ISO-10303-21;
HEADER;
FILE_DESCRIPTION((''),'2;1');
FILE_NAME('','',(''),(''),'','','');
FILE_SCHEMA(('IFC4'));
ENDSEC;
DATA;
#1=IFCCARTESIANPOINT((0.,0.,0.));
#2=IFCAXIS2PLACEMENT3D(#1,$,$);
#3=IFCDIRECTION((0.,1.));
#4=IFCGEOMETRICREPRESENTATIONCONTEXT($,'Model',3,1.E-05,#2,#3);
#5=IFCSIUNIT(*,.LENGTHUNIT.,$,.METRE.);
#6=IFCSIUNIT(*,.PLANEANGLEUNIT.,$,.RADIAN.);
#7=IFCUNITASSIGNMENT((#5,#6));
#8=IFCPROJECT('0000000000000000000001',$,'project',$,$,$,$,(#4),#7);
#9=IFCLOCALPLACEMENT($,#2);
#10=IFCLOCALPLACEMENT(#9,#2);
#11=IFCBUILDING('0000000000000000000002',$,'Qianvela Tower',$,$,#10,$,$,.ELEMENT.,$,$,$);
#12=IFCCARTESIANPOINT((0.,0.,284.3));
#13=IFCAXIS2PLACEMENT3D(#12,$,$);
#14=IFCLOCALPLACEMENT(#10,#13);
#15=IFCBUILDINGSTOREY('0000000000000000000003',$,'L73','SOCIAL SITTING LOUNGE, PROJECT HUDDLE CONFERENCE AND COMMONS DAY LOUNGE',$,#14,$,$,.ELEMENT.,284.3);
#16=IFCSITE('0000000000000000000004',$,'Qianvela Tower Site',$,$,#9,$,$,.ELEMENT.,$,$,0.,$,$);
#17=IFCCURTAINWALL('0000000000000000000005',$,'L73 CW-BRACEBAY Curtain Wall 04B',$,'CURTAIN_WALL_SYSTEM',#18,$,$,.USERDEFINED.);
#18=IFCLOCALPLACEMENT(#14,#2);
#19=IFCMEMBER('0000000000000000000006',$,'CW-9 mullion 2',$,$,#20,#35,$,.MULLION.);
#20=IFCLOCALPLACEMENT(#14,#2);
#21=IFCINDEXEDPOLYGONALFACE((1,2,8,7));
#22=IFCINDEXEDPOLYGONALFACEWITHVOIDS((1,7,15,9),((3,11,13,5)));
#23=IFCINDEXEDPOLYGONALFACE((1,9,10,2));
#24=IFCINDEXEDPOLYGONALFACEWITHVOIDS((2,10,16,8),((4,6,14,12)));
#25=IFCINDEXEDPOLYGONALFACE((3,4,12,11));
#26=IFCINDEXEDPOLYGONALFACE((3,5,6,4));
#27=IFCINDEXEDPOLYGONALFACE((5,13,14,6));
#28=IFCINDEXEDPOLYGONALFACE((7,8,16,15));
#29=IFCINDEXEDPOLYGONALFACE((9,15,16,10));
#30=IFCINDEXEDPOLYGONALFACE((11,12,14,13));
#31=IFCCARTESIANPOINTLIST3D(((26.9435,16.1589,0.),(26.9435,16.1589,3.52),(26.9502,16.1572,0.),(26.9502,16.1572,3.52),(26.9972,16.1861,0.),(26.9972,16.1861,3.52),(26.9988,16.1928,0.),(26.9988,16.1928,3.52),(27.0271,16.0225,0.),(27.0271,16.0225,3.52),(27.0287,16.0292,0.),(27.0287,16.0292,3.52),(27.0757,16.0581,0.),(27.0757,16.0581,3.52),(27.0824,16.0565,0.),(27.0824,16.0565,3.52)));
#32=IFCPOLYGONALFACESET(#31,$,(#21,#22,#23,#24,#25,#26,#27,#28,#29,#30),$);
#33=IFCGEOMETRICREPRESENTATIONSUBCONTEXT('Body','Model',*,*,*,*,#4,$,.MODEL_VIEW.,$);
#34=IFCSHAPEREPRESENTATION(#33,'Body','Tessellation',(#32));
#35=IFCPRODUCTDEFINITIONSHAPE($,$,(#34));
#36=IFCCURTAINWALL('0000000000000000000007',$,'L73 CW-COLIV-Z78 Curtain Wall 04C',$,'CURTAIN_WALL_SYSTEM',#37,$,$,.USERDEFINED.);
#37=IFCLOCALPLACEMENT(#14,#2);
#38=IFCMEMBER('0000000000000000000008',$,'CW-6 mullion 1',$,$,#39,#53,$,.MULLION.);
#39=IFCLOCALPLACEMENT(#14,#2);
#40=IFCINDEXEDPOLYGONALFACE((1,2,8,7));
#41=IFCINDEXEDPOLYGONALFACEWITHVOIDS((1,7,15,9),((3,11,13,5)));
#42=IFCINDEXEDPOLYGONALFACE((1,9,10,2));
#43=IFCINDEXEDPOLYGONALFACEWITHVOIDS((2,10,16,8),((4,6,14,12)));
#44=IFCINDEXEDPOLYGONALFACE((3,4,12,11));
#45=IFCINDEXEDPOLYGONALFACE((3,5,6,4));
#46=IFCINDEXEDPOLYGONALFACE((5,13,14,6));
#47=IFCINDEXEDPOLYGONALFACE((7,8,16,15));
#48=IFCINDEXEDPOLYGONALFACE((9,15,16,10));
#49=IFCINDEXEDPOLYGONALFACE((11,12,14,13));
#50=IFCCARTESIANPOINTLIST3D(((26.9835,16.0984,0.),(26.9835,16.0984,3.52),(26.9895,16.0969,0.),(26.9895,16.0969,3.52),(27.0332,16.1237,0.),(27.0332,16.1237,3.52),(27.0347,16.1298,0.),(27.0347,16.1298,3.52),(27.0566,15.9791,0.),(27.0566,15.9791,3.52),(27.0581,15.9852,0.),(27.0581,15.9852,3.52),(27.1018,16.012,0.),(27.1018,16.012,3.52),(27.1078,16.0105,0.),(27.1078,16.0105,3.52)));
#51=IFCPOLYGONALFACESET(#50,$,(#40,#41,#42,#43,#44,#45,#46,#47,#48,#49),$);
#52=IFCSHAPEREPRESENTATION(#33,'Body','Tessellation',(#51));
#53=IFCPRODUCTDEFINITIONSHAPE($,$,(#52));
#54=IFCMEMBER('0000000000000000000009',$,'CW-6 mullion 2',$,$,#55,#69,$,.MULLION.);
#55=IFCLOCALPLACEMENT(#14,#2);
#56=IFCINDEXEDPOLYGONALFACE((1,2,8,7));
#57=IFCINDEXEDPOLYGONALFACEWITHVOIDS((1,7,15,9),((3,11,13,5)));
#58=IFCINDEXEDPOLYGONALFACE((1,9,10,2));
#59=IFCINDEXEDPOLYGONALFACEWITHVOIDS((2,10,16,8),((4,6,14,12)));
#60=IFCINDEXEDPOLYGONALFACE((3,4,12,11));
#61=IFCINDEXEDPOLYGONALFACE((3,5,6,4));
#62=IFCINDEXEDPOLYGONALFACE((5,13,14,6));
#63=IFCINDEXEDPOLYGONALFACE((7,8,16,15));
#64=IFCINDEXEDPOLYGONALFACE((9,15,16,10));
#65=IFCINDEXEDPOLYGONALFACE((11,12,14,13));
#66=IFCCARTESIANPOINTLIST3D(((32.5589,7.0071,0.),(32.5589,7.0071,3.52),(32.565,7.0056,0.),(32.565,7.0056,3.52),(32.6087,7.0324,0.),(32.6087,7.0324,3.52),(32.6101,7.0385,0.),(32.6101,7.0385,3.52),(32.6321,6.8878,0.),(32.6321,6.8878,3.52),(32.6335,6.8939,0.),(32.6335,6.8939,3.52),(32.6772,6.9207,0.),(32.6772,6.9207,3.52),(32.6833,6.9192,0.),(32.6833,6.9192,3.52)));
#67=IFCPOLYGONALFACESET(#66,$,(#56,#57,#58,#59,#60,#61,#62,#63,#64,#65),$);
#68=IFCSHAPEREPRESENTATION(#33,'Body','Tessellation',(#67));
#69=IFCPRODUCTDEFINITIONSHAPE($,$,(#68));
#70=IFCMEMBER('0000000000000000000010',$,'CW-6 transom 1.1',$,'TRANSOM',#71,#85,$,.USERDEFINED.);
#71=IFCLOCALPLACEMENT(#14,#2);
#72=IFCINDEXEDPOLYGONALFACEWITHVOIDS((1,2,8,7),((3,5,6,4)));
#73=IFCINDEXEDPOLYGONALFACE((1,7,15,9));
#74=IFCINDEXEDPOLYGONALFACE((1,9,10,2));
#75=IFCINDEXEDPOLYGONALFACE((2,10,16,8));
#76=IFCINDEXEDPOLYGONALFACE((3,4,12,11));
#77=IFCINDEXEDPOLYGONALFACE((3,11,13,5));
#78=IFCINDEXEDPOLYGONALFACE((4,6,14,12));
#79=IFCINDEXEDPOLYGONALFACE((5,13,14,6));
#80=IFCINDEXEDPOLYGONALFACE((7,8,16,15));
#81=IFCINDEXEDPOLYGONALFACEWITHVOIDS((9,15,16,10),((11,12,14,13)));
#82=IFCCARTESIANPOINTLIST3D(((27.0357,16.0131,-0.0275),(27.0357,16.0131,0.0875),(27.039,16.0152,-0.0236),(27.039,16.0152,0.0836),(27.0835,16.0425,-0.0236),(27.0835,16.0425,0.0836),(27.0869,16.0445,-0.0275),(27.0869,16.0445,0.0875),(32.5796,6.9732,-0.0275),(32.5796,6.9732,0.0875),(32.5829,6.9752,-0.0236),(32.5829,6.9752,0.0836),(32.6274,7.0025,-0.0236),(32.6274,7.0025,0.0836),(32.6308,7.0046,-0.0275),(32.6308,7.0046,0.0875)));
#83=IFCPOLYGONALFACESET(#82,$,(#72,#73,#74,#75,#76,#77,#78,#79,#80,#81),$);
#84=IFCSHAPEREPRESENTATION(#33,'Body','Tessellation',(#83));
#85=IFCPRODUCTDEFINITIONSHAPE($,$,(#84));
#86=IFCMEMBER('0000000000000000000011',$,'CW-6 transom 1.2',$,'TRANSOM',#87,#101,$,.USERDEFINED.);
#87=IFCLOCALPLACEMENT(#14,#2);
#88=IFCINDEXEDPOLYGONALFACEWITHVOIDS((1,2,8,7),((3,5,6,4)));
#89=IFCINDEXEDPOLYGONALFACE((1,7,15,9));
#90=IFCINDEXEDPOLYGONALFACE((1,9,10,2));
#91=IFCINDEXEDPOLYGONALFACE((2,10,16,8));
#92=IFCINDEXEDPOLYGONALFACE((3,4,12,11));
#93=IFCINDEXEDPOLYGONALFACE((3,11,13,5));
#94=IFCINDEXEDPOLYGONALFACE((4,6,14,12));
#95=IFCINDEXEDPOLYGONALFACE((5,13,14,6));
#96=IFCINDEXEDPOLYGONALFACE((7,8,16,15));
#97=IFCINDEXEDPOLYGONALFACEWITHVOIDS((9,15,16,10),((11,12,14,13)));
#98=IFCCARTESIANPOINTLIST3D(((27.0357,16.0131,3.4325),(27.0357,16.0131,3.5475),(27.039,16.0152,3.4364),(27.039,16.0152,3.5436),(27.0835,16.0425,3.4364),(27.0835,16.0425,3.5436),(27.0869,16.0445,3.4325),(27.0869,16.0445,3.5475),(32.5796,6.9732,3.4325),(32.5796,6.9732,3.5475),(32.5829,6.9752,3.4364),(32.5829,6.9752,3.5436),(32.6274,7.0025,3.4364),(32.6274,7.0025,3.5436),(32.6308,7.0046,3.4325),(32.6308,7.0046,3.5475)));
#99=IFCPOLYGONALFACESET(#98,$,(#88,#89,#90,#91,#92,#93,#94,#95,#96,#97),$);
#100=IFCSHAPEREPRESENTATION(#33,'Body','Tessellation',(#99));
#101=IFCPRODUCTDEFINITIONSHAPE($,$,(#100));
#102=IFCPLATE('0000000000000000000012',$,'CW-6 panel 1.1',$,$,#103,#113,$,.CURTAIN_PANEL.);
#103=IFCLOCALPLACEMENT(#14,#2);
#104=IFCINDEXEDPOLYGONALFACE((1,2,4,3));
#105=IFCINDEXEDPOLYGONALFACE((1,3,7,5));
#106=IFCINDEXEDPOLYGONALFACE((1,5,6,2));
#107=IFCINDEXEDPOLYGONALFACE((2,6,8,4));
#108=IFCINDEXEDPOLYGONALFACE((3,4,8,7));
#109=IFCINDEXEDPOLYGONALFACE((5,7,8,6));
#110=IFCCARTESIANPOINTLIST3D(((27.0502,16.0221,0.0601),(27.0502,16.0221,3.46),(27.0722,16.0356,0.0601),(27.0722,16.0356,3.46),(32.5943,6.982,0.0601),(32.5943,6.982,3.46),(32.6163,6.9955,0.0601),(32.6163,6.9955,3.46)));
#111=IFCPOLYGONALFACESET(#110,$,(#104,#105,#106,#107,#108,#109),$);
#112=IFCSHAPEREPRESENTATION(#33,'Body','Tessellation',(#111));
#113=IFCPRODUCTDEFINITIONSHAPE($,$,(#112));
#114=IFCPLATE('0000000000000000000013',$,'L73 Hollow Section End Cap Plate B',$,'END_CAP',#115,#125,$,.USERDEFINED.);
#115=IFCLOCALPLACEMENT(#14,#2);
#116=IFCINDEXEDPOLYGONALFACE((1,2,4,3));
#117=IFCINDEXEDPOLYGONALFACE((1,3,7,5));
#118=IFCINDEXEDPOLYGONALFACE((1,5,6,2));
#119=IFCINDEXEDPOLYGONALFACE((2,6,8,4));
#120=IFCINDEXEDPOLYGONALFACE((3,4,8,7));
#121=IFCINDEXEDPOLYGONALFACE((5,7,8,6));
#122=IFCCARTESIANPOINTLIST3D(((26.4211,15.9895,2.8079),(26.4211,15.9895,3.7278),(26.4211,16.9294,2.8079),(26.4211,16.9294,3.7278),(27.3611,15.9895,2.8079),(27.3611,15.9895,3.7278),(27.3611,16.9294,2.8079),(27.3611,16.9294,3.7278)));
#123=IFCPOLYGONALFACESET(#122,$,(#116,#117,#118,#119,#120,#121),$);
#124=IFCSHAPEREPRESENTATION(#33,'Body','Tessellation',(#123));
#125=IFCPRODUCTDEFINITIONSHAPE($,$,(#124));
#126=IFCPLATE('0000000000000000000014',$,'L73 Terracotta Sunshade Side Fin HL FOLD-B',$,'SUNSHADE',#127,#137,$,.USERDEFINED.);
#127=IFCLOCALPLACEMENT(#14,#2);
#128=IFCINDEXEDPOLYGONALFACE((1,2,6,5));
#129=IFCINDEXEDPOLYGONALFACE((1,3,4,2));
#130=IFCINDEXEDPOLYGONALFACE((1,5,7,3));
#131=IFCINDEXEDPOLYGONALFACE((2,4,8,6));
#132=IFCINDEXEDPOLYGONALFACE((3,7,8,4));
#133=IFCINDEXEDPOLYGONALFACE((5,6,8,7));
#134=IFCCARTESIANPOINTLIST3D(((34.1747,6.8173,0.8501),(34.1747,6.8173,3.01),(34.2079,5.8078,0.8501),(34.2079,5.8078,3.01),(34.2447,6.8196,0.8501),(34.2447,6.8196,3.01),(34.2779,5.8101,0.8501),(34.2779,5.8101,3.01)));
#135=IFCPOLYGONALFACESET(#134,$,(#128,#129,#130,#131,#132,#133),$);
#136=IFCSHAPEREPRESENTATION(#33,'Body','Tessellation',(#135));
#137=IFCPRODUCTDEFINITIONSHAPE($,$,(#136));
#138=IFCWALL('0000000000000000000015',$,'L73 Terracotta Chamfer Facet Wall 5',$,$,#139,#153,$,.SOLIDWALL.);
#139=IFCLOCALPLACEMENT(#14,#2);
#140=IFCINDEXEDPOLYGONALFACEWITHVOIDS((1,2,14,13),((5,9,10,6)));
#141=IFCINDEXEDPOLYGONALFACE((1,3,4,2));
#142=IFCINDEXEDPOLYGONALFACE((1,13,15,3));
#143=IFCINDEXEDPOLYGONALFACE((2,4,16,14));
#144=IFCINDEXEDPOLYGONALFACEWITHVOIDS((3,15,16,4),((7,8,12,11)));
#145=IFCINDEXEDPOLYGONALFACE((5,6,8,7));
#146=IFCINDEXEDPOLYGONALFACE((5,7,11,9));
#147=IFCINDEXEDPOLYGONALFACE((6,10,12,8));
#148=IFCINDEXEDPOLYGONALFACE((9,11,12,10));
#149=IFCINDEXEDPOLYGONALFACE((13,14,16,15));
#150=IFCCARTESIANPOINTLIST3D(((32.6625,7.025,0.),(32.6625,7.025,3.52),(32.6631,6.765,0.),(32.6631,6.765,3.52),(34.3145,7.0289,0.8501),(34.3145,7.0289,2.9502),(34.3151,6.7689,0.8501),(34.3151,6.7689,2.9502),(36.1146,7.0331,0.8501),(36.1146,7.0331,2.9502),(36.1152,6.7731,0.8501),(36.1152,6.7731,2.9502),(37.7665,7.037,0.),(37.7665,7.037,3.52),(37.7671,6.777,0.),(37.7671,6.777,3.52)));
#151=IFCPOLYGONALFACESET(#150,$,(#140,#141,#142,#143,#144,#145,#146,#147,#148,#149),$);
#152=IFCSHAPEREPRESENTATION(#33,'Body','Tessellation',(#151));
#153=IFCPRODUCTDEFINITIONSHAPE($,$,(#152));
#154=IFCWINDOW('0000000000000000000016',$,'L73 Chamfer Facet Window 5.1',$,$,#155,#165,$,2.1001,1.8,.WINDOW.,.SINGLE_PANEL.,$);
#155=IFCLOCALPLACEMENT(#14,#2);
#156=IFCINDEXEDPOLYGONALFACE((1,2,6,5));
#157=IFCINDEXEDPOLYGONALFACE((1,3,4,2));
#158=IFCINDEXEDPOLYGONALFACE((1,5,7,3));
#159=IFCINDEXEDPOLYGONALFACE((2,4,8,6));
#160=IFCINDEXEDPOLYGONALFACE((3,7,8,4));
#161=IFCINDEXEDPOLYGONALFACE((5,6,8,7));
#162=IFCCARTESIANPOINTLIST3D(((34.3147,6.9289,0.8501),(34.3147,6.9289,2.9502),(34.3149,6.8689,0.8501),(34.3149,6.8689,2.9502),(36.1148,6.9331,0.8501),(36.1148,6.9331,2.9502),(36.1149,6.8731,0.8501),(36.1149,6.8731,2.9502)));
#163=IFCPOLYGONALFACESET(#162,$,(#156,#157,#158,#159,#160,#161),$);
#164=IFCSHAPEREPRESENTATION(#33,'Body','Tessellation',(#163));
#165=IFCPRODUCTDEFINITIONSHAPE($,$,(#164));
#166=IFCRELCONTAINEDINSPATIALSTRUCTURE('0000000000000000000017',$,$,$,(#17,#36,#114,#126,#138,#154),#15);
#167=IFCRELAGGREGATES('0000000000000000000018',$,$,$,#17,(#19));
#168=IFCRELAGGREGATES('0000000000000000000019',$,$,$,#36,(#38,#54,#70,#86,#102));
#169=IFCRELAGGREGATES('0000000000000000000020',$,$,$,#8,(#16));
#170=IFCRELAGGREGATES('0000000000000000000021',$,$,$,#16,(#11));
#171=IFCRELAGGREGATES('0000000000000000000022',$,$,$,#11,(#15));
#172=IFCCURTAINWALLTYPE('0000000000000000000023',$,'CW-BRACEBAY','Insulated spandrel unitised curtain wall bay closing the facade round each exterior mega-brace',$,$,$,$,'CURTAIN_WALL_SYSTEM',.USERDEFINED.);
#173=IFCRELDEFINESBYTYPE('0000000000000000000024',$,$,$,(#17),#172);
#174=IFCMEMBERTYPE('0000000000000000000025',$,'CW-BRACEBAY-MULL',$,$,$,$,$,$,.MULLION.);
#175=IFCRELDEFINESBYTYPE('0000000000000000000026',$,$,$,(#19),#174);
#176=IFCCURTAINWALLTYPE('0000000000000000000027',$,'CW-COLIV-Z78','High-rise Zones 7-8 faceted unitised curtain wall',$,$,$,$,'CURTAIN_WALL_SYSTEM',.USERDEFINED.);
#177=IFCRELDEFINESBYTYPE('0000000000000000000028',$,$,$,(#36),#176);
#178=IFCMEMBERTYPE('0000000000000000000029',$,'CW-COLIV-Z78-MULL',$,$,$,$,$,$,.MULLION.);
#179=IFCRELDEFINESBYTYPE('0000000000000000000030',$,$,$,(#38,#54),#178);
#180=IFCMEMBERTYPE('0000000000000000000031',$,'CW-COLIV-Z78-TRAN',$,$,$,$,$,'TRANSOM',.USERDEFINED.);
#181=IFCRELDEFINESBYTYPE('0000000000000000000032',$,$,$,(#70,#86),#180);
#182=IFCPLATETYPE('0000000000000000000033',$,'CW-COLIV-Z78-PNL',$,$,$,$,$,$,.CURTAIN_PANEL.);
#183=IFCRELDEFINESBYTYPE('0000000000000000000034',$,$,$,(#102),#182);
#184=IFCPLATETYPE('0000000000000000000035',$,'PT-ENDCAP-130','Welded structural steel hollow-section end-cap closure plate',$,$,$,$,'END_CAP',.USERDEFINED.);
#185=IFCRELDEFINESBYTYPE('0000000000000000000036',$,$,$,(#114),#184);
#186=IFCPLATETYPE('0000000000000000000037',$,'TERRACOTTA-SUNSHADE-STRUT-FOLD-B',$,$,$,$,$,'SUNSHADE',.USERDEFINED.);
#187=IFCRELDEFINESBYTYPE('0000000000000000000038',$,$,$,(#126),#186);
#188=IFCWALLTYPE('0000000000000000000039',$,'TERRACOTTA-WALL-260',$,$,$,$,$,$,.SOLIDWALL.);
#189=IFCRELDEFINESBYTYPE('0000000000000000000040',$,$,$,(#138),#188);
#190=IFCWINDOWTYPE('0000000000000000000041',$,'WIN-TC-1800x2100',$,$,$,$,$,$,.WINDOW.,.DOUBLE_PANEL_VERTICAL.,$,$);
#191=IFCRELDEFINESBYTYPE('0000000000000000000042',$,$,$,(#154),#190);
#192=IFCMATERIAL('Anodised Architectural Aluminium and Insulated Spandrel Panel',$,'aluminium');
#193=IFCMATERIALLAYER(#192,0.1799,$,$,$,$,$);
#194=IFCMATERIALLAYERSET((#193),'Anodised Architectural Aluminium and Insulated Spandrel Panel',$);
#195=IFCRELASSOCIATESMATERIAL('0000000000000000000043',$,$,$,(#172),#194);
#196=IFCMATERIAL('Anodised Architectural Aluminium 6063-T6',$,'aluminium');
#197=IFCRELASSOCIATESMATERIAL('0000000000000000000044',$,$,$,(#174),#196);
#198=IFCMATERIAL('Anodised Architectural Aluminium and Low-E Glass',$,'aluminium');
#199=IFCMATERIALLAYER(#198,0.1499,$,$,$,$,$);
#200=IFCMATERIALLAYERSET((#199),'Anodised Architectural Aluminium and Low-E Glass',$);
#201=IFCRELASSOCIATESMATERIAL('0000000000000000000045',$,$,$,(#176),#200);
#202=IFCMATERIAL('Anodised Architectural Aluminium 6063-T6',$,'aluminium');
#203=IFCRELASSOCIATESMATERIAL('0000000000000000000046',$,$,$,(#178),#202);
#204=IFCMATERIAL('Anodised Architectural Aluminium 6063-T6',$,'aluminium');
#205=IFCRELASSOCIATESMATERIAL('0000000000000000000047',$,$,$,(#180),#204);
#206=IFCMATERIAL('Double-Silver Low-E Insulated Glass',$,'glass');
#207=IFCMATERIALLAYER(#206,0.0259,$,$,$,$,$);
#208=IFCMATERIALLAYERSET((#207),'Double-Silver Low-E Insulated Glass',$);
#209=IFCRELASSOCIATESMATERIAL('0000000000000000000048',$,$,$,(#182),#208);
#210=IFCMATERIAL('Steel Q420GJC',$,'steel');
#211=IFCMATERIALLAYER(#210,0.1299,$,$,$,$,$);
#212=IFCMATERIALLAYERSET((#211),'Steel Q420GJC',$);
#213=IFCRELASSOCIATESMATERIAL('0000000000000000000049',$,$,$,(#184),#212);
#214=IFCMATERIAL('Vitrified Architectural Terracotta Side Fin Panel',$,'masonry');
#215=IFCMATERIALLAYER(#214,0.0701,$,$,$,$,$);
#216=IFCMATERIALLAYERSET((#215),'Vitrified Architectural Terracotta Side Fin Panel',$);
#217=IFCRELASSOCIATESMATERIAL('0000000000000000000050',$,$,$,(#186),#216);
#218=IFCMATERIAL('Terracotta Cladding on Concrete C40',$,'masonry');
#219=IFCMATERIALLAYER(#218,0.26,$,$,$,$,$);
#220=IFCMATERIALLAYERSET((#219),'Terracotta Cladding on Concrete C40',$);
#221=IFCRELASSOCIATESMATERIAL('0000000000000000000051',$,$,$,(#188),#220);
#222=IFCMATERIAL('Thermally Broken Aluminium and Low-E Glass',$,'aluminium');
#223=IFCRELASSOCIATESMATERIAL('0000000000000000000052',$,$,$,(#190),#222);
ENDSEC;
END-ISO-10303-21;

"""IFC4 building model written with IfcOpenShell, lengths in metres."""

from ifc_helpers import new_model, si_unit, direction, frame, frame_2d, origin, origin_2d, place, context, subcontext, project, spatial, rectangle, hollow_rectangle, extrude, material, layer, layer_set, material_profile, profile_set, type_object, element, fill, aggregate, save


model = new_model("IFC4")

# Units and contexts
model_context = context("Model", 3, precision=1e-05, world=origin(), true_north=direction((0.0, 1.0)))
body_context = subcontext(model_context, "Body", "Model", "MODEL_VIEW")
ifc_project = project(units=[si_unit("LENGTHUNIT", "METRE"), si_unit("PLANEANGLEUNIT", "RADIAN")], contexts=[model_context])

# Site, building, storey
site_placement = place(None, origin())
site = spatial("IfcSite", under=ifc_project, at=site_placement, Name="Qianvela Tower Site", CompositionType="ELEMENT", RefElevation=0.0)
building_placement = place(site_placement, origin())
building = spatial("IfcBuilding", under=site, at=building_placement, Name="Qianvela Tower", CompositionType="ELEMENT")
storey_placement = place(building_placement, frame((0.0, 0.0, 284.3)))
storey = spatial("IfcBuildingStorey", under=building, at=storey_placement, Name="L73", Description="SOCIAL SITTING LOUNGE, PROJECT HUDDLE CONFERENCE AND COMMONS DAY LOUNGE", CompositionType="ELEMENT", Elevation=284.3)

# Curtain wall, member
ifc_material_1 = material(Name="Anodised Architectural Aluminium and Insulated Spandrel Panel", Category="aluminium")
ifc_layer_1 = layer(ifc_material_1, 0.1799)
ifc_layer_set_1 = layer_set([ifc_layer_1], Name="Anodised Architectural Aluminium and Insulated Spandrel Panel")
curtain_wall_type_1 = type_object("IfcCurtainWallType", Name="CW-BRACEBAY", Description="Insulated spandrel unitised curtain wall bay closing the facade round each exterior mega-brace", ElementType="CURTAIN_WALL_SYSTEM", PredefinedType="USERDEFINED", material=ifc_layer_set_1)
curtain_wall_1_placement = place(storey_placement, origin())
curtain_wall_1 = element("IfcCurtainWall", 1, at=curtain_wall_1_placement, inside=storey, type_object=curtain_wall_type_1, Name="L73 CW-BRACEBAY Curtain Wall 04B", ObjectType="CURTAIN_WALL_SYSTEM", PredefinedType="USERDEFINED")
ifc_material_2 = material(Name="Anodised Architectural Aluminium 6063-T6", Category="aluminium")
ifc_material_profile_1 = material_profile(ifc_material_2, hollow_rectangle(XDim=0.0649, YDim=0.1599, WallThickness=0.0049, at=origin_2d()), Name="ALU-MULL-65x160")
ifc_profile_set_1 = profile_set([ifc_material_profile_1], Name="Anodised Architectural Aluminium 6063-T6")
member_type_1 = type_object("IfcMemberType", Name="CW-BRACEBAY-MULL", PredefinedType="MULLION", material=ifc_profile_set_1)
member_1_placement = place(storey_placement, frame((27.0129, 16.1077, 0.0), z_axis=(0.0, 0.0, 1.0), x_axis=(0.852461, 0.52279, 0.0)))
member_1 = element("IfcMember", 2, at=member_1_placement, type_object=member_type_1, Name="CW-9 mullion 2", PredefinedType="MULLION", context=body_context, shape_type="SweptSolid", body=[
    extrude(hollow_rectangle(XDim=0.0649, YDim=0.1599, WallThickness=0.0049, at=origin_2d()), origin(), (0.0, 0.0, 1.0), 3.52),
])
aggregate(curtain_wall_1, [member_1])

# Curtain wall, members, plate
ifc_material_3 = material(Name="Anodised Architectural Aluminium and Low-E Glass", Category="aluminium")
ifc_layer_2 = layer(ifc_material_3, 0.1499)
ifc_layer_set_2 = layer_set([ifc_layer_2], Name="Anodised Architectural Aluminium and Low-E Glass")
curtain_wall_type_2 = type_object("IfcCurtainWallType", Name="CW-COLIV-Z78", Description="High-rise Zones 7-8 faceted unitised curtain wall", ElementType="CURTAIN_WALL_SYSTEM", PredefinedType="USERDEFINED", material=ifc_layer_set_2)
curtain_wall_2_placement = place(storey_placement, origin())
curtain_wall_2 = element("IfcCurtainWall", 3, at=curtain_wall_2_placement, inside=storey, type_object=curtain_wall_type_2, Name="L73 CW-COLIV-Z78 Curtain Wall 04C", ObjectType="CURTAIN_WALL_SYSTEM", PredefinedType="USERDEFINED")
ifc_material_4 = material(Name="Anodised Architectural Aluminium 6063-T6", Category="aluminium")
ifc_material_profile_2 = material_profile(ifc_material_4, hollow_rectangle(XDim=0.0601, YDim=0.1399, WallThickness=0.0044, at=origin_2d()), Name="ALU-MULL-60x140")
ifc_profile_set_2 = profile_set([ifc_material_profile_2], Name="Anodised Architectural Aluminium 6063-T6")
member_type_2 = type_object("IfcMemberType", Name="CW-COLIV-Z78-MULL", PredefinedType="MULLION", material=ifc_profile_set_2)
member_2_placement = place(storey_placement, frame((27.0457, 16.0544, 0.0), z_axis=(0.0, 0.0, 1.0), x_axis=(0.852458, 0.522796, 0.0)))
member_2 = element("IfcMember", 4, at=member_2_placement, type_object=member_type_2, Name="CW-6 mullion 1", PredefinedType="MULLION", context=body_context, shape_type="SweptSolid", body=[
    extrude(hollow_rectangle(XDim=0.0601, YDim=0.1399, WallThickness=0.0044, at=origin_2d()), origin(), (0.0, 0.0, 1.0), 3.52),
])
member_3_placement = place(storey_placement, frame((32.6211, 6.9631, 0.0), z_axis=(0.0, 0.0, 1.0), x_axis=(0.852458, 0.522796, 0.0)))
member_3 = element("IfcMember", 5, at=member_3_placement, type_object=member_type_2, Name="CW-6 mullion 2", PredefinedType="MULLION", context=body_context, shape_type="SweptSolid", body=[
    extrude(hollow_rectangle(XDim=0.0601, YDim=0.1399, WallThickness=0.0044, at=origin_2d()), origin(), (0.0, 0.0, 1.0), 3.52),
])
ifc_material_5 = material(Name="Anodised Architectural Aluminium 6063-T6", Category="aluminium")
ifc_material_profile_3 = material_profile(ifc_material_5, hollow_rectangle(XDim=0.0601, YDim=0.115, WallThickness=0.0039, at=origin_2d()), Name="ALU-TRAN-60x115")
ifc_profile_set_3 = profile_set([ifc_material_profile_3], Name="Anodised Architectural Aluminium 6063-T6")
member_type_3 = type_object("IfcMemberType", Name="CW-COLIV-Z78-TRAN", ElementType="TRANSOM", PredefinedType="USERDEFINED", material=ifc_profile_set_3)
member_4_placement = place(storey_placement, frame((27.0613, 16.0288, 0.03), z_axis=(0.522787, -0.852464, 0.0), x_axis=(0.852464, 0.522787, 0.0)))
member_4 = element("IfcMember", 6, at=member_4_placement, type_object=member_type_3, Name="CW-6 transom 1.1", ObjectType="TRANSOM", PredefinedType="USERDEFINED", context=body_context, shape_type="SweptSolid", body=[
    extrude(hollow_rectangle(XDim=0.0601, YDim=0.115, WallThickness=0.0039, at=origin_2d()), origin(), (0.0, 0.0, 1.0), 10.6045),
])
member_5_placement = place(storey_placement, frame((27.0613, 16.0288, 3.49), z_axis=(0.522787, -0.852464, 0.0), x_axis=(0.852464, 0.522787, 0.0)))
member_5 = element("IfcMember", 7, at=member_5_placement, type_object=member_type_3, Name="CW-6 transom 1.2", ObjectType="TRANSOM", PredefinedType="USERDEFINED", context=body_context, shape_type="SweptSolid", body=[
    extrude(hollow_rectangle(XDim=0.0601, YDim=0.115, WallThickness=0.0039, at=origin_2d()), origin(), (0.0, 0.0, 1.0), 10.6045),
])
ifc_material_6 = material(Name="Double-Silver Low-E Insulated Glass", Category="glass")
ifc_layer_3 = layer(ifc_material_6, 0.0259)
ifc_layer_set_3 = layer_set([ifc_layer_3], Name="Double-Silver Low-E Insulated Glass")
plate_type_1 = type_object("IfcPlateType", Name="CW-COLIV-Z78-PNL", PredefinedType="CURTAIN_PANEL", material=ifc_layer_set_3)
plate_1_placement = place(storey_placement, frame((29.8333, 11.5088, 0.0601), z_axis=(0.0, 0.0, 1.0), x_axis=(0.522796, -0.852458, 0.0)))
plate_1 = element("IfcPlate", 8, at=plate_1_placement, type_object=plate_type_1, Name="CW-6 panel 1.1", PredefinedType="CURTAIN_PANEL", context=body_context, shape_type="SweptSolid", body=[
    extrude(rectangle(XDim=10.6047, YDim=0.0259, at=origin_2d()), origin(), (0.0, 0.0, 1.0), 3.3999),
])
aggregate(curtain_wall_2, [member_2, member_3, member_4, member_5, plate_1])

# Plates
ifc_material_7 = material(Name="Steel Q420GJC", Category="steel")
ifc_layer_4 = layer(ifc_material_7, 0.1299)
ifc_layer_set_4 = layer_set([ifc_layer_4], Name="Steel Q420GJC")
plate_type_2 = type_object("IfcPlateType", Name="PT-ENDCAP-130", Description="Welded structural steel hollow-section end-cap closure plate", ElementType="END_CAP", PredefinedType="USERDEFINED", material=ifc_layer_set_4)
plate_2_placement = place(storey_placement, frame((26.8911, 16.4595, 2.8079), z_axis=(0.0, 0.0, 1.0), x_axis=(1.0, 0.0, 0.0)))
element("IfcPlate", 9, at=plate_2_placement, inside=storey, type_object=plate_type_2, Name="L73 Hollow Section End Cap Plate B", ObjectType="END_CAP", PredefinedType="USERDEFINED", context=body_context, shape_type="SweptSolid", body=[
    extrude(rectangle(XDim=0.9399, YDim=0.9399, at=origin_2d()), origin(), (0.0, 0.0, 1.0), 0.9199),
])
ifc_material_8 = material(Name="Vitrified Architectural Terracotta Side Fin Panel", Category="masonry")
ifc_layer_5 = layer(ifc_material_8, 0.0701)
ifc_layer_set_5 = layer_set([ifc_layer_5], Name="Vitrified Architectural Terracotta Side Fin Panel")
plate_type_3 = type_object("IfcPlateType", Name="TERRACOTTA-SUNSHADE-STRUT-FOLD-B", ElementType="SUNSHADE", PredefinedType="USERDEFINED", material=ifc_layer_set_5)
plate_3_placement = place(storey_placement, frame((34.2263, 6.3137, 0.8501), z_axis=(0.0, 0.0, 1.0), x_axis=(0.999459, 0.032888, 0.0)))
element("IfcPlate", 10, at=plate_3_placement, inside=storey, type_object=plate_type_3, Name="L73 Terracotta Sunshade Side Fin HL FOLD-B", ObjectType="SUNSHADE", PredefinedType="USERDEFINED", context=body_context, shape_type="SweptSolid", body=[
    extrude(rectangle(XDim=0.0701, YDim=1.01, at=origin_2d()), origin(), (0.0, 0.0, 1.0), 2.1599),
])

# Wall, opening, window
ifc_material_9 = material(Name="Terracotta Cladding on Concrete C40", Category="masonry")
ifc_layer_6 = layer(ifc_material_9, 0.26)
ifc_layer_set_6 = layer_set([ifc_layer_6], Name="Terracotta Cladding on Concrete C40")
wall_type_1 = type_object("IfcWallType", Name="TERRACOTTA-WALL-260", PredefinedType="SOLIDWALL", material=ifc_layer_set_6)
wall_1_placement = place(storey_placement, frame((32.6628, 6.895, 0.0), z_axis=(0.0, 0.0, 1.0), x_axis=(0.999997, 0.002344, 0.0)))
wall_1 = element("IfcWall", 11, at=wall_1_placement, inside=storey, type_object=wall_type_1, Name="L73 Terracotta Chamfer Facet Wall 5", PredefinedType="SOLIDWALL", context=body_context, shape_type="SweptSolid", body=[
    extrude(rectangle(XDim=5.104, YDim=0.26, at=frame_2d((2.552, 0.0))), origin(), (0.0, 0.0, 1.0), 3.52),
])
opening_1_placement = place(wall_1_placement, frame((1.6521, 0.0, 0.8501)))
opening_1 = element("IfcOpeningElement", 12, at=opening_1_placement, cuts=wall_1, PredefinedType="OPENING", context=body_context, shape_type="SweptSolid", body=[
    extrude(rectangle(XDim=1.8, YDim=2.1001, at=frame_2d((0.8999, 1.05))), frame((0.0, 0.1399, 0.0), z_axis=(0.0, -1.0, 0.0), x_axis=(1.0, 0.0, 0.0)), (0.0, 0.0, 1.0), 0.28),
])
ifc_material_10 = material(Name="Thermally Broken Aluminium and Low-E Glass", Category="aluminium")
window_type = type_object("IfcWindowType", Name="WIN-TC-1800x2100", PartitioningType="DOUBLE_PANEL_VERTICAL", PredefinedType="WINDOW", material=ifc_material_10)
window_placement = place(opening_1_placement, origin())
window = element("IfcWindow", 13, at=window_placement, inside=storey, type_object=window_type, Name="L73 Chamfer Facet Window 5.1", OverallHeight=2.1001, OverallWidth=1.8, PartitioningType="SINGLE_PANEL", PredefinedType="WINDOW", context=body_context, shape_type="SweptSolid", body=[
    extrude(rectangle(XDim=1.8, YDim=2.1001, at=frame_2d((0.8999, 1.05))), frame((0.0, 0.03, 0.0), z_axis=(0.0, -1.0, 0.0), x_axis=(1.0, 0.0, 0.0)), (0.0, 0.0, 1.0), 0.0601),
])
fill(opening_1, window)

save(model, "model.ifc")
